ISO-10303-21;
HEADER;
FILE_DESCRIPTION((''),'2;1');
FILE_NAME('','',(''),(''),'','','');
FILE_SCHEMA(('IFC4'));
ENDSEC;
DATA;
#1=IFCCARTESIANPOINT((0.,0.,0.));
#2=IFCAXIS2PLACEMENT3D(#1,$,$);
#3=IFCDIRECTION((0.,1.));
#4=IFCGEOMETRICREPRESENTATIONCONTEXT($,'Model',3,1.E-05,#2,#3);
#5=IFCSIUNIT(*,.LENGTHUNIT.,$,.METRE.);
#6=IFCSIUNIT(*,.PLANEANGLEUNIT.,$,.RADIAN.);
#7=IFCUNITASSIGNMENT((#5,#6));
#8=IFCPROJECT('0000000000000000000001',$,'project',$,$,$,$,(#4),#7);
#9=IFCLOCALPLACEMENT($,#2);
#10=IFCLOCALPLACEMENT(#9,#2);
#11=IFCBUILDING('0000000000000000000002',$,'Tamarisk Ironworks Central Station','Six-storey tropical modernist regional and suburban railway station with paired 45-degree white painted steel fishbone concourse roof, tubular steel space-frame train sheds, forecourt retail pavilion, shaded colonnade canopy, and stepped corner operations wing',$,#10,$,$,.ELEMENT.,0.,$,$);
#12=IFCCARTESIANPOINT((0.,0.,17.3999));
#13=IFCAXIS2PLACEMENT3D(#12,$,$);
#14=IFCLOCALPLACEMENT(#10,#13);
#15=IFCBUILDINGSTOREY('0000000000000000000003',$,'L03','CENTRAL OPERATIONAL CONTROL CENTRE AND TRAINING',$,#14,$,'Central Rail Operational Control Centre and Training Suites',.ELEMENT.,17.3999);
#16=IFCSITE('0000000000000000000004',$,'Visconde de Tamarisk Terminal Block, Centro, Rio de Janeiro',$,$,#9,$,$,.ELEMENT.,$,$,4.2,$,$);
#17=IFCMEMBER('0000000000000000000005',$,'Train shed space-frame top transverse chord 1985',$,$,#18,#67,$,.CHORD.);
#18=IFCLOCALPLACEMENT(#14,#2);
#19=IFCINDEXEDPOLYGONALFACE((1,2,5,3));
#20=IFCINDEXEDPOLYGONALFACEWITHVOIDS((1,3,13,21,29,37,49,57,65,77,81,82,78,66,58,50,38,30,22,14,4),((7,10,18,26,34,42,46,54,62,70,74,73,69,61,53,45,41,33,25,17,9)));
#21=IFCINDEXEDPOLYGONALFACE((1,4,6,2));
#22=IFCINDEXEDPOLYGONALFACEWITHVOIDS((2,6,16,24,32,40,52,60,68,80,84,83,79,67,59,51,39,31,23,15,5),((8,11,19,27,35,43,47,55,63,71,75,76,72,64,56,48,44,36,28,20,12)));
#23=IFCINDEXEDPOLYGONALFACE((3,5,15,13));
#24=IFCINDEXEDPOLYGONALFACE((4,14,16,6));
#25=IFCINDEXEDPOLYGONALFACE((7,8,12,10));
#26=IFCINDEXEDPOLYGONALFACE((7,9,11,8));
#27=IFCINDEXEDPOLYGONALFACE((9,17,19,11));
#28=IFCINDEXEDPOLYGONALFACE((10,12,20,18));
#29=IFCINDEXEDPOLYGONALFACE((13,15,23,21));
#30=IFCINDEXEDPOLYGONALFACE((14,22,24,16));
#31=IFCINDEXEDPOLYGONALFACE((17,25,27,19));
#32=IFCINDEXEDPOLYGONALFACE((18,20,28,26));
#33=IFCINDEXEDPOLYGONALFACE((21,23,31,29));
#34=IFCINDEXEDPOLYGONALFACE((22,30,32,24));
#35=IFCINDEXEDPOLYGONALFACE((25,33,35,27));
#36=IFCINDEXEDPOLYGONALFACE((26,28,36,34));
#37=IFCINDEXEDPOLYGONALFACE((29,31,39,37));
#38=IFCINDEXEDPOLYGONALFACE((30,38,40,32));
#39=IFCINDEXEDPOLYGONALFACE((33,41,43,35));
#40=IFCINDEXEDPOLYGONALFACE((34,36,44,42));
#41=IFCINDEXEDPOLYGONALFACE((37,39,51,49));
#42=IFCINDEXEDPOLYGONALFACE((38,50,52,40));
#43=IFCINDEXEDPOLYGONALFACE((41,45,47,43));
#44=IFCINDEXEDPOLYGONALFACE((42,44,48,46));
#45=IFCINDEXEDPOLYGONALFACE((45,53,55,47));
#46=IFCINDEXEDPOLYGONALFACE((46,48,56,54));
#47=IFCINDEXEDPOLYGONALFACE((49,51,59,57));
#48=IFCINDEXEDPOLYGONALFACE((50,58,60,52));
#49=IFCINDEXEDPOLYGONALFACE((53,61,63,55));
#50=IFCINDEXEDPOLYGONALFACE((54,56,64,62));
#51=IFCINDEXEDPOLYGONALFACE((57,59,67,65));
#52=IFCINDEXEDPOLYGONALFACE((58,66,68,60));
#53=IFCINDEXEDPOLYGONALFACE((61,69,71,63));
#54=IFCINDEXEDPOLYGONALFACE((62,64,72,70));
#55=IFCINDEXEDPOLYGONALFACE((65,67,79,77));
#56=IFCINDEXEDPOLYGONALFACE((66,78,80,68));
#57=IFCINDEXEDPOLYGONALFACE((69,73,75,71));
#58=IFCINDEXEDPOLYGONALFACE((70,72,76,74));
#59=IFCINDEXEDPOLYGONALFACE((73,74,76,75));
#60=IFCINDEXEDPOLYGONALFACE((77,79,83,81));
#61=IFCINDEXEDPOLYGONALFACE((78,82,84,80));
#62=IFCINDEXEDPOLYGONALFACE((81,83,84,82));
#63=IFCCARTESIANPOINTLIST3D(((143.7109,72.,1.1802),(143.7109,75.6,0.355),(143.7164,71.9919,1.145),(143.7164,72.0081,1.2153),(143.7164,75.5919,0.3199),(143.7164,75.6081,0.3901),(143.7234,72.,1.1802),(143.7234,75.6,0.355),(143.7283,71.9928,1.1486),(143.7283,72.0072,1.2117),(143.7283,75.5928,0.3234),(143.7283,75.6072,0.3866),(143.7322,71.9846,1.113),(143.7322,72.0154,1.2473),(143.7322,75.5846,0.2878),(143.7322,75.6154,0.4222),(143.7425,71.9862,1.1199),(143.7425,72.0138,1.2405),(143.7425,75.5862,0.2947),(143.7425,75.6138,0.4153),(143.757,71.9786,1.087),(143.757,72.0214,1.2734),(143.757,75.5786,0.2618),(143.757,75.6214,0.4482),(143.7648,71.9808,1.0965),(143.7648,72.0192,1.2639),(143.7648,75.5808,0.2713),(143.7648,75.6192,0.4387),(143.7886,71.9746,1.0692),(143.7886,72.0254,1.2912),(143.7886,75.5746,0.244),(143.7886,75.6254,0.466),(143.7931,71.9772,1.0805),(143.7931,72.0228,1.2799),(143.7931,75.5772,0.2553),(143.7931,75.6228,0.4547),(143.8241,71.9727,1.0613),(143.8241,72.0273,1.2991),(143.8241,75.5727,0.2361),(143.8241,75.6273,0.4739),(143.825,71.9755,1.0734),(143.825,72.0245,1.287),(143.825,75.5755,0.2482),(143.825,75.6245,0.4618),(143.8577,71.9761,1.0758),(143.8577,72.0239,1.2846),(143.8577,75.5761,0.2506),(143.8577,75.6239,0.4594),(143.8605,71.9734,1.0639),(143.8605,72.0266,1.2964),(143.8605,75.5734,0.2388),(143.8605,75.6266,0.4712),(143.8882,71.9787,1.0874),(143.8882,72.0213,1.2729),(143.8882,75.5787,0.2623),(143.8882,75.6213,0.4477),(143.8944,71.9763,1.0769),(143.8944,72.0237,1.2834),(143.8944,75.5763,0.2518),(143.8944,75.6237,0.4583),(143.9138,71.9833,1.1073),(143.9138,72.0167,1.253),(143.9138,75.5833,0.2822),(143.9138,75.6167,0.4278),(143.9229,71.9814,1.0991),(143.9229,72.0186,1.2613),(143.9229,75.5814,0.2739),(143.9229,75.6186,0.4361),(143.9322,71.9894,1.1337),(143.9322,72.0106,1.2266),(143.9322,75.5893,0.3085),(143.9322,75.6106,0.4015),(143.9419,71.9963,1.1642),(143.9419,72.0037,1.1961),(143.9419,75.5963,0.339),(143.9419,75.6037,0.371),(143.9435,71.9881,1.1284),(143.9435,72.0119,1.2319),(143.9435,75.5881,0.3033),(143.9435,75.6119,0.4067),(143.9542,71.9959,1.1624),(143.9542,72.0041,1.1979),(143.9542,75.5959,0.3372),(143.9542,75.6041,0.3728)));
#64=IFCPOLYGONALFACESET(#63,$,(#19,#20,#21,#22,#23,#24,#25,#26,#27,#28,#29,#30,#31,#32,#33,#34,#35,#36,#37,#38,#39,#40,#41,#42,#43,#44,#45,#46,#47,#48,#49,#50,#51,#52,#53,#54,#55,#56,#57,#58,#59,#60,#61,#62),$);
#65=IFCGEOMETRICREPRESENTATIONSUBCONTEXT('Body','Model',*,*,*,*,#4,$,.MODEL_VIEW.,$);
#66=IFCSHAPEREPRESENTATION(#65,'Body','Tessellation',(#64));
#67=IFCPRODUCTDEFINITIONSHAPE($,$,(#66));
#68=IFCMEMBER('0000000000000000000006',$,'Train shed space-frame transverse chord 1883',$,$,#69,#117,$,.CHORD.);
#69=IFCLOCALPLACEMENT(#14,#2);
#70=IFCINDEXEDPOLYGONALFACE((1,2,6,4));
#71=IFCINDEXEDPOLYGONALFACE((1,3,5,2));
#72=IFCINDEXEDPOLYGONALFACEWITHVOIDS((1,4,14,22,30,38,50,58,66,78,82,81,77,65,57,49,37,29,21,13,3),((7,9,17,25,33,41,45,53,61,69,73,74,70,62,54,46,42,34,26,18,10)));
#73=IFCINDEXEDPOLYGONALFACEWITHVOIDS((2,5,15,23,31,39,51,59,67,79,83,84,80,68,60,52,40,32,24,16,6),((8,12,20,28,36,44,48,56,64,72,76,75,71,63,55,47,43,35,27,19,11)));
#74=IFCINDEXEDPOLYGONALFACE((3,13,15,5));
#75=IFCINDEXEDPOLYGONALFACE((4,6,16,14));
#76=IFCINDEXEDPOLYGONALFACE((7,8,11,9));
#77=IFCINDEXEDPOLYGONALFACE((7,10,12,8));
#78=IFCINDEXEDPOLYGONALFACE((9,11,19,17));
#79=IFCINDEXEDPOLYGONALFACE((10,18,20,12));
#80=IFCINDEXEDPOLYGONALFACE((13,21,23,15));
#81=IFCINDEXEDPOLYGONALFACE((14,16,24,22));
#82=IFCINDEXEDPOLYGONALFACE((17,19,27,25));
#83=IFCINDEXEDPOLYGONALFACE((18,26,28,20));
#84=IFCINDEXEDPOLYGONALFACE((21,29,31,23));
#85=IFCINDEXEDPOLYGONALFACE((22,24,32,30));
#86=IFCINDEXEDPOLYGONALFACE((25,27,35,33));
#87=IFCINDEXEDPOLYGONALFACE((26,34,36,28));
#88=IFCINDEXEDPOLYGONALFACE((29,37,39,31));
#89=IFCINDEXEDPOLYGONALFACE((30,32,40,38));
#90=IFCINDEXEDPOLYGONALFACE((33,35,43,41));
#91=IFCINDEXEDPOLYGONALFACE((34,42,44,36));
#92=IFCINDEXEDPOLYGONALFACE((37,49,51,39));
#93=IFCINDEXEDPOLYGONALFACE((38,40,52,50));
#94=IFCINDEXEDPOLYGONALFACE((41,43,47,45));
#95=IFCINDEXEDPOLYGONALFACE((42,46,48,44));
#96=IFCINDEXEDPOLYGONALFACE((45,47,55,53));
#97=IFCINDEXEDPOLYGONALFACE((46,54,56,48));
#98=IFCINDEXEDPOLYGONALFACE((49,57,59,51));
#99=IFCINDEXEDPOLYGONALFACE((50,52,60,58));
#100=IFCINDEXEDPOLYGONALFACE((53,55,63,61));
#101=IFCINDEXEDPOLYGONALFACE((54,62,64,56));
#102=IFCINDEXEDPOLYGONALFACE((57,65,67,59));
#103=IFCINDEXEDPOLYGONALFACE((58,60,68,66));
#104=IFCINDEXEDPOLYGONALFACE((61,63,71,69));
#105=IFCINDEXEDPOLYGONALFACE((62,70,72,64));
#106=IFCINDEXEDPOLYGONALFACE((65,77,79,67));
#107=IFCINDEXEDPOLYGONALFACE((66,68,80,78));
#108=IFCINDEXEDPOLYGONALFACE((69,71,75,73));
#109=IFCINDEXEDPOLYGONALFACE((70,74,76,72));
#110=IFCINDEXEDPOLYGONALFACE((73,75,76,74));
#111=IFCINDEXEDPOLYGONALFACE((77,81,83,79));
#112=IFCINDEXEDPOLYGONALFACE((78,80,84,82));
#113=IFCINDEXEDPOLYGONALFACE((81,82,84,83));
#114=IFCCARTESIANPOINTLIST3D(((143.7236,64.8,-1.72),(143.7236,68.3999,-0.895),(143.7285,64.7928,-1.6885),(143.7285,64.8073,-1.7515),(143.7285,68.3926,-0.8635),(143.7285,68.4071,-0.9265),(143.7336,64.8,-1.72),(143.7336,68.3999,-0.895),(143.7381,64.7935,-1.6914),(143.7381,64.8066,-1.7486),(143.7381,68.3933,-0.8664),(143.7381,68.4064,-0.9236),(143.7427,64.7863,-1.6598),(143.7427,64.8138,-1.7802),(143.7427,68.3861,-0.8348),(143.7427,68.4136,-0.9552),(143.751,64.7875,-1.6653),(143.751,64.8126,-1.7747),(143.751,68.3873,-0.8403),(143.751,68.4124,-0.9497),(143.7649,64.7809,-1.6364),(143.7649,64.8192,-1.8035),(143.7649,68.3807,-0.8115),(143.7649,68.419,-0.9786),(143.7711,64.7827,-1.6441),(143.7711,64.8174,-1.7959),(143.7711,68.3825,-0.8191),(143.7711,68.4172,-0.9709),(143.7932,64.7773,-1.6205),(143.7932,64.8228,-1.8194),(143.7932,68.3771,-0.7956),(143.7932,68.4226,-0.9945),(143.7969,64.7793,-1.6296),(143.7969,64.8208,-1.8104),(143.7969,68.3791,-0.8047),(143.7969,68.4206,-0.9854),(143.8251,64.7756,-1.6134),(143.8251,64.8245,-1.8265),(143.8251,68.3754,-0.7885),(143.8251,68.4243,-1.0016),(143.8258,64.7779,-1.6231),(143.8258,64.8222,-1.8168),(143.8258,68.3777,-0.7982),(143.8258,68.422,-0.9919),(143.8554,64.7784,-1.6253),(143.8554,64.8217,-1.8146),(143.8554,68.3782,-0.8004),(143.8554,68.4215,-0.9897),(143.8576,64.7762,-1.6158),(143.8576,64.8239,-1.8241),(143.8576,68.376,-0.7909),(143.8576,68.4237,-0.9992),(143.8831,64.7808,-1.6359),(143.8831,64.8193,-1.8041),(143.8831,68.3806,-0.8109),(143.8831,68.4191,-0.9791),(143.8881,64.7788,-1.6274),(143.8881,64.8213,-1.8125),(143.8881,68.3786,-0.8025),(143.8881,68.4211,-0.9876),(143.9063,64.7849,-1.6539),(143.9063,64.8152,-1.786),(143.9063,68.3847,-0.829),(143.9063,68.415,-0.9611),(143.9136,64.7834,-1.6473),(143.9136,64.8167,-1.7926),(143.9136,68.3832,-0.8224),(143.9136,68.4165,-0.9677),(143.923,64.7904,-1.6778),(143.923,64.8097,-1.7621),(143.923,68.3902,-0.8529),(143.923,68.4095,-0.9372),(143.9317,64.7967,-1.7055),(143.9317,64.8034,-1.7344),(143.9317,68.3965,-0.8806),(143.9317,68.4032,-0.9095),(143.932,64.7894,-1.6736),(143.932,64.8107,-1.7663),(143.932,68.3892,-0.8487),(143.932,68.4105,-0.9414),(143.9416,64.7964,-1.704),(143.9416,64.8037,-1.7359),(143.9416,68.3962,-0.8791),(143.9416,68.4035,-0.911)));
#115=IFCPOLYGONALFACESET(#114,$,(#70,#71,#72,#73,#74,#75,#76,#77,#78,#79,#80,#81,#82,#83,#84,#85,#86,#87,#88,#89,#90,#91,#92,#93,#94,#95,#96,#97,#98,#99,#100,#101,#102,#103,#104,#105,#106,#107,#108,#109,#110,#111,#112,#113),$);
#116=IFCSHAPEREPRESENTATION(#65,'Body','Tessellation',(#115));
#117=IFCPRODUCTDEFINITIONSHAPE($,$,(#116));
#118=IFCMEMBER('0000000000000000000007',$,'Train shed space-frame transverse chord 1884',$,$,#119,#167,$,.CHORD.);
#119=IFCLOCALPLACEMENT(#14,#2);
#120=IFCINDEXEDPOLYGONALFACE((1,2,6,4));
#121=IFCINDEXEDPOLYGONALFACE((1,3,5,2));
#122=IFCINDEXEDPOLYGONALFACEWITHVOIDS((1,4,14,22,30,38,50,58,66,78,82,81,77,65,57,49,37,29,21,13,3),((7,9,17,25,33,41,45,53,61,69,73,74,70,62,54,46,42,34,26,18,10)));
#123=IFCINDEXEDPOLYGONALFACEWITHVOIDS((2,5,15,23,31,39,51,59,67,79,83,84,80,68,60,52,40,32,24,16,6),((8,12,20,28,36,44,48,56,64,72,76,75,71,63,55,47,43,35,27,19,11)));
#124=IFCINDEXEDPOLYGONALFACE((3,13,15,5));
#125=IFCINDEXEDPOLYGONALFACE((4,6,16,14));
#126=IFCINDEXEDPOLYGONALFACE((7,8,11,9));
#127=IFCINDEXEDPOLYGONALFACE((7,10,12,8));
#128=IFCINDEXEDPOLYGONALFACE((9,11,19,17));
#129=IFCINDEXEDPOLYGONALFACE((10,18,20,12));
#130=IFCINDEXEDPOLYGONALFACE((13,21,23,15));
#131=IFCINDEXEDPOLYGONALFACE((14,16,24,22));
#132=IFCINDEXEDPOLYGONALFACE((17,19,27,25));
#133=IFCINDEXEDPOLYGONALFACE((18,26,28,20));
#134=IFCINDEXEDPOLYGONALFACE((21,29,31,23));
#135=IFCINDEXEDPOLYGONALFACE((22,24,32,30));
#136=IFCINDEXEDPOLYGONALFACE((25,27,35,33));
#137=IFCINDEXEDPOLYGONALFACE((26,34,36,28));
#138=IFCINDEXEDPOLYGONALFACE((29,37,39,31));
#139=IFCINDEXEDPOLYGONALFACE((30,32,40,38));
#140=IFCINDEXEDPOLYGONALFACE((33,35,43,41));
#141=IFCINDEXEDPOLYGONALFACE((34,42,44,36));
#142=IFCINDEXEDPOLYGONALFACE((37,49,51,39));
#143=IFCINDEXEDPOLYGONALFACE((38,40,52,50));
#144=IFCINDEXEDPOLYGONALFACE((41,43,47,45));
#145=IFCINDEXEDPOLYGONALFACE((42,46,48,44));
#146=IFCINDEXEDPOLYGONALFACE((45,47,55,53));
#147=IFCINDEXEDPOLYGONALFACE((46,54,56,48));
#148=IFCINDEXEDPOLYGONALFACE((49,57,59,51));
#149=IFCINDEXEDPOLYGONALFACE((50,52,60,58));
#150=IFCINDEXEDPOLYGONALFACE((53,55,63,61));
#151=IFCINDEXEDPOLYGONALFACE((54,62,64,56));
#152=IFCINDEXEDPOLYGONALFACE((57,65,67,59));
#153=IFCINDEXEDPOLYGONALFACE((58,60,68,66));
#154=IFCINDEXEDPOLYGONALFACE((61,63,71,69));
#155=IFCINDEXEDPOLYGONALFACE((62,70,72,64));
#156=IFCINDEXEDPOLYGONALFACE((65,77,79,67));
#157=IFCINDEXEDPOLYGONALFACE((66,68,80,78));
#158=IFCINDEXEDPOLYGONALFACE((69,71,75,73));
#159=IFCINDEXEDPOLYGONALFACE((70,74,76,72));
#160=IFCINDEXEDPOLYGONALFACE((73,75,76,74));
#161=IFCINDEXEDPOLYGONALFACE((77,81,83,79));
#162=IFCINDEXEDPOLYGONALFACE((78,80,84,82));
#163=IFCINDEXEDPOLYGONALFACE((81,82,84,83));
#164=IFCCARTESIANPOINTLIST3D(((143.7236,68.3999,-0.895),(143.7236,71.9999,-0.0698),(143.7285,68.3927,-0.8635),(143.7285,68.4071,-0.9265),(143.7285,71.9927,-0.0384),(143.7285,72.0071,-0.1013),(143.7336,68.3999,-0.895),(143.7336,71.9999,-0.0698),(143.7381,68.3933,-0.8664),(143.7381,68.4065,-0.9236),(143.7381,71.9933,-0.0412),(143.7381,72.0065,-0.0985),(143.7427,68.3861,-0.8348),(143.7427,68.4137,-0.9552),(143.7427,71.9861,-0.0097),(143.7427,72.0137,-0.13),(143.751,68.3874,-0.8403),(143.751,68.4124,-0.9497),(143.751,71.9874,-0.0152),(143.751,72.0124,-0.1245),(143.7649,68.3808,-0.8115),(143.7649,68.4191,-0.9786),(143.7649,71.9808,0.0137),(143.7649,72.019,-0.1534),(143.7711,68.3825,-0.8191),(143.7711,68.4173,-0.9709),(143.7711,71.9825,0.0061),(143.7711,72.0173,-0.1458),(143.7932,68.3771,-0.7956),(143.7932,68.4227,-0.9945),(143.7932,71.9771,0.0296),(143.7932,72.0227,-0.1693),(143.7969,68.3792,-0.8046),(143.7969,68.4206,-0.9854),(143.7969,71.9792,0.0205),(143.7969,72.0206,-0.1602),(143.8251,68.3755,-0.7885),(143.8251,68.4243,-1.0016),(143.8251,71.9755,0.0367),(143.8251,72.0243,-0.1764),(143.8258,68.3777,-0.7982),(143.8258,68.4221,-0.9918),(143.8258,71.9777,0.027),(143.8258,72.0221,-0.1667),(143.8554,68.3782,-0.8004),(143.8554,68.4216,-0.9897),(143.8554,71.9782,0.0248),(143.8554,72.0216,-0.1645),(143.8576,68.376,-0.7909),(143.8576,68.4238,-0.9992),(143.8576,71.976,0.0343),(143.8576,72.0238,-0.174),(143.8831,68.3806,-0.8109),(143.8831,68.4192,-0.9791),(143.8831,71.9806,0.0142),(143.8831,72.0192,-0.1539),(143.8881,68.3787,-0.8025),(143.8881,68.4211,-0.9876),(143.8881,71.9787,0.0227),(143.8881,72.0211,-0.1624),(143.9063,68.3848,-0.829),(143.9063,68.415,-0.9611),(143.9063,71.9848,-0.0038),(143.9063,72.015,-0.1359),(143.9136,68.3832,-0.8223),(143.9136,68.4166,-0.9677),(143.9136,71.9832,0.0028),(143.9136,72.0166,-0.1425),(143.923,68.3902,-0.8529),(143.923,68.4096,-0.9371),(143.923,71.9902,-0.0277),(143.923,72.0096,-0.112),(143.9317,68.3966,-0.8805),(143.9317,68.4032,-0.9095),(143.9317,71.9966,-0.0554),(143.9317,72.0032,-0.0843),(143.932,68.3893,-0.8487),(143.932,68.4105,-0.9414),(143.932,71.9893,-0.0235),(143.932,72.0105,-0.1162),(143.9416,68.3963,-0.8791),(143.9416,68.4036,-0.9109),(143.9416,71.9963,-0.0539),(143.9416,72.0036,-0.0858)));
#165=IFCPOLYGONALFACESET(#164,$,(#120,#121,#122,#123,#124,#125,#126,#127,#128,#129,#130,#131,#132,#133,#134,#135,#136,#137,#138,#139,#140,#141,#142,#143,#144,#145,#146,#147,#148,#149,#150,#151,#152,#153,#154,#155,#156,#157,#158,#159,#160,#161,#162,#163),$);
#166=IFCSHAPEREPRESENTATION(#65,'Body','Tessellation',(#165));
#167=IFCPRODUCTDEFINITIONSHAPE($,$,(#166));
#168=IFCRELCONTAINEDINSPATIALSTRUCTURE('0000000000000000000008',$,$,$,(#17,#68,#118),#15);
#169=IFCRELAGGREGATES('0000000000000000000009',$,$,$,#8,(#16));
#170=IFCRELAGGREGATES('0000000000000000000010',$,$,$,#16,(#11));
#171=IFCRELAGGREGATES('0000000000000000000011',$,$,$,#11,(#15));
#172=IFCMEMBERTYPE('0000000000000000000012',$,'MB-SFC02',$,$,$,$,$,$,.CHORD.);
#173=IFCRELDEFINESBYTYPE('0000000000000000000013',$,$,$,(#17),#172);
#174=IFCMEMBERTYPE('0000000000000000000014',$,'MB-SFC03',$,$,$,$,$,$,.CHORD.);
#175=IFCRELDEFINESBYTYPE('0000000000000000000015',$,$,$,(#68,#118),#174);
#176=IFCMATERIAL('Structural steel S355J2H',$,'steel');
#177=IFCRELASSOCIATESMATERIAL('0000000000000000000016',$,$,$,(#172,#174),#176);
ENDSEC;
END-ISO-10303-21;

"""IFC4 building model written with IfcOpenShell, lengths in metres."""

from ifc_helpers import new_model, si_unit, direction, frame, origin, origin_2d, place, context, subcontext, project, spatial, hollow_circle, extrude, material, material_profile, profile_set, type_object, element, save


model = new_model("IFC4")

# Units and contexts
model_context = context("Model", 3, precision=1e-05, world=origin(), true_north=direction((0.0, 1.0)))
body_context = subcontext(model_context, "Body", "Model", "MODEL_VIEW")
ifc_project = project(units=[si_unit("LENGTHUNIT", "METRE"), si_unit("PLANEANGLEUNIT", "RADIAN")], contexts=[model_context])

# Site, building, storey
site_placement = place(None, origin())
site = spatial("IfcSite", under=ifc_project, at=site_placement, Name="Visconde de Tamarisk Terminal Block, Centro, Rio de Janeiro", CompositionType="ELEMENT", RefElevation=4.2)
building_placement = place(site_placement, origin())
building = spatial("IfcBuilding", under=site, at=building_placement, Name="Tamarisk Ironworks Central Station", Description="Six-storey tropical modernist regional and suburban railway station with paired 45-degree white painted steel fishbone concourse roof, tubular steel space-frame train sheds, forecourt retail pavilion, shaded colonnade canopy, and stepped corner operations wing", CompositionType="ELEMENT", ElevationOfRefHeight=0.0)
storey_placement = place(building_placement, frame((0.0, 0.0, 17.3999)))
storey = spatial("IfcBuildingStorey", under=building, at=storey_placement, Name="L03", Description="CENTRAL OPERATIONAL CONTROL CENTRE AND TRAINING", LongName="Central Rail Operational Control Centre and Training Suites", CompositionType="ELEMENT", Elevation=17.3999)

# Members
ifc_material_1 = material(Name="Structural steel S355J2H", Category="steel")
ifc_material_profile_1 = material_profile(ifc_material_1, hollow_circle(Radius=0.1223, WallThickness=0.0125, at=origin_2d()), Name="CHS 244.5x12.5")
ifc_profile_set_1 = profile_set([ifc_material_profile_1], Name="Structural steel S355J2H")
member_type_1 = type_object("IfcMemberType", Name="MB-SFC02", PredefinedType="CHORD", material=ifc_profile_set_1)
for number, where, z_axis, x_axis, name in (
    (1, (143.8333, 72.0, 1.1802), (0.0, 0.974722, -0.223421), (-1.0, 0.0, 0.0), "Train shed space-frame top transverse chord 1985"),
):
    element("IfcMember", number, at=place(storey_placement, frame(where, z_axis=z_axis, x_axis=x_axis)), inside=storey, type_object=member_type_1, Name=name, PredefinedType="CHORD", context=body_context, shape_type="SweptSolid", body=[
        extrude(hollow_circle(Radius=0.1223, WallThickness=0.0125, at=origin_2d()), origin(), (0.0, 0.0, 1.0), 3.6934),
    ])
ifc_material_profile_2 = material_profile(ifc_material_1, hollow_circle(Radius=0.1096, WallThickness=0.01, at=origin_2d()), Name="CHS 219.1x10")
ifc_profile_set_2 = profile_set([ifc_material_profile_2], Name="Structural steel S355J2H")
member_type_2 = type_object("IfcMemberType", Name="MB-SFC03", PredefinedType="CHORD", material=ifc_profile_set_2)
member_1_placement = place(storey_placement, frame((143.8333, 64.8, -1.72), z_axis=(0.0, 0.974733, 0.223372), x_axis=(-1.0, 0.0, 0.0)))
element("IfcMember", 2, at=member_1_placement, inside=storey, type_object=member_type_2, Name="Train shed space-frame transverse chord 1883", PredefinedType="CHORD", context=body_context, shape_type="SweptSolid", body=[
    extrude(hollow_circle(Radius=0.1096, WallThickness=0.01, at=origin_2d()), origin(), (0.0, 0.0, 1.0), 3.6931),
])
for number, where, z_axis, x_axis, name in (
    (3, (143.8333, 68.3999, -0.895), (0.0, 0.974722, 0.223421), (-1.0, 0.0, 0.0), "Train shed space-frame transverse chord 1884"),
):
    element("IfcMember", number, at=place(storey_placement, frame(where, z_axis=z_axis, x_axis=x_axis)), inside=storey, type_object=member_type_2, Name=name, PredefinedType="CHORD", context=body_context, shape_type="SweptSolid", body=[
        extrude(hollow_circle(Radius=0.1096, WallThickness=0.01, at=origin_2d()), origin(), (0.0, 0.0, 1.0), 3.6934),
    ])

save(model, "model.ifc")
